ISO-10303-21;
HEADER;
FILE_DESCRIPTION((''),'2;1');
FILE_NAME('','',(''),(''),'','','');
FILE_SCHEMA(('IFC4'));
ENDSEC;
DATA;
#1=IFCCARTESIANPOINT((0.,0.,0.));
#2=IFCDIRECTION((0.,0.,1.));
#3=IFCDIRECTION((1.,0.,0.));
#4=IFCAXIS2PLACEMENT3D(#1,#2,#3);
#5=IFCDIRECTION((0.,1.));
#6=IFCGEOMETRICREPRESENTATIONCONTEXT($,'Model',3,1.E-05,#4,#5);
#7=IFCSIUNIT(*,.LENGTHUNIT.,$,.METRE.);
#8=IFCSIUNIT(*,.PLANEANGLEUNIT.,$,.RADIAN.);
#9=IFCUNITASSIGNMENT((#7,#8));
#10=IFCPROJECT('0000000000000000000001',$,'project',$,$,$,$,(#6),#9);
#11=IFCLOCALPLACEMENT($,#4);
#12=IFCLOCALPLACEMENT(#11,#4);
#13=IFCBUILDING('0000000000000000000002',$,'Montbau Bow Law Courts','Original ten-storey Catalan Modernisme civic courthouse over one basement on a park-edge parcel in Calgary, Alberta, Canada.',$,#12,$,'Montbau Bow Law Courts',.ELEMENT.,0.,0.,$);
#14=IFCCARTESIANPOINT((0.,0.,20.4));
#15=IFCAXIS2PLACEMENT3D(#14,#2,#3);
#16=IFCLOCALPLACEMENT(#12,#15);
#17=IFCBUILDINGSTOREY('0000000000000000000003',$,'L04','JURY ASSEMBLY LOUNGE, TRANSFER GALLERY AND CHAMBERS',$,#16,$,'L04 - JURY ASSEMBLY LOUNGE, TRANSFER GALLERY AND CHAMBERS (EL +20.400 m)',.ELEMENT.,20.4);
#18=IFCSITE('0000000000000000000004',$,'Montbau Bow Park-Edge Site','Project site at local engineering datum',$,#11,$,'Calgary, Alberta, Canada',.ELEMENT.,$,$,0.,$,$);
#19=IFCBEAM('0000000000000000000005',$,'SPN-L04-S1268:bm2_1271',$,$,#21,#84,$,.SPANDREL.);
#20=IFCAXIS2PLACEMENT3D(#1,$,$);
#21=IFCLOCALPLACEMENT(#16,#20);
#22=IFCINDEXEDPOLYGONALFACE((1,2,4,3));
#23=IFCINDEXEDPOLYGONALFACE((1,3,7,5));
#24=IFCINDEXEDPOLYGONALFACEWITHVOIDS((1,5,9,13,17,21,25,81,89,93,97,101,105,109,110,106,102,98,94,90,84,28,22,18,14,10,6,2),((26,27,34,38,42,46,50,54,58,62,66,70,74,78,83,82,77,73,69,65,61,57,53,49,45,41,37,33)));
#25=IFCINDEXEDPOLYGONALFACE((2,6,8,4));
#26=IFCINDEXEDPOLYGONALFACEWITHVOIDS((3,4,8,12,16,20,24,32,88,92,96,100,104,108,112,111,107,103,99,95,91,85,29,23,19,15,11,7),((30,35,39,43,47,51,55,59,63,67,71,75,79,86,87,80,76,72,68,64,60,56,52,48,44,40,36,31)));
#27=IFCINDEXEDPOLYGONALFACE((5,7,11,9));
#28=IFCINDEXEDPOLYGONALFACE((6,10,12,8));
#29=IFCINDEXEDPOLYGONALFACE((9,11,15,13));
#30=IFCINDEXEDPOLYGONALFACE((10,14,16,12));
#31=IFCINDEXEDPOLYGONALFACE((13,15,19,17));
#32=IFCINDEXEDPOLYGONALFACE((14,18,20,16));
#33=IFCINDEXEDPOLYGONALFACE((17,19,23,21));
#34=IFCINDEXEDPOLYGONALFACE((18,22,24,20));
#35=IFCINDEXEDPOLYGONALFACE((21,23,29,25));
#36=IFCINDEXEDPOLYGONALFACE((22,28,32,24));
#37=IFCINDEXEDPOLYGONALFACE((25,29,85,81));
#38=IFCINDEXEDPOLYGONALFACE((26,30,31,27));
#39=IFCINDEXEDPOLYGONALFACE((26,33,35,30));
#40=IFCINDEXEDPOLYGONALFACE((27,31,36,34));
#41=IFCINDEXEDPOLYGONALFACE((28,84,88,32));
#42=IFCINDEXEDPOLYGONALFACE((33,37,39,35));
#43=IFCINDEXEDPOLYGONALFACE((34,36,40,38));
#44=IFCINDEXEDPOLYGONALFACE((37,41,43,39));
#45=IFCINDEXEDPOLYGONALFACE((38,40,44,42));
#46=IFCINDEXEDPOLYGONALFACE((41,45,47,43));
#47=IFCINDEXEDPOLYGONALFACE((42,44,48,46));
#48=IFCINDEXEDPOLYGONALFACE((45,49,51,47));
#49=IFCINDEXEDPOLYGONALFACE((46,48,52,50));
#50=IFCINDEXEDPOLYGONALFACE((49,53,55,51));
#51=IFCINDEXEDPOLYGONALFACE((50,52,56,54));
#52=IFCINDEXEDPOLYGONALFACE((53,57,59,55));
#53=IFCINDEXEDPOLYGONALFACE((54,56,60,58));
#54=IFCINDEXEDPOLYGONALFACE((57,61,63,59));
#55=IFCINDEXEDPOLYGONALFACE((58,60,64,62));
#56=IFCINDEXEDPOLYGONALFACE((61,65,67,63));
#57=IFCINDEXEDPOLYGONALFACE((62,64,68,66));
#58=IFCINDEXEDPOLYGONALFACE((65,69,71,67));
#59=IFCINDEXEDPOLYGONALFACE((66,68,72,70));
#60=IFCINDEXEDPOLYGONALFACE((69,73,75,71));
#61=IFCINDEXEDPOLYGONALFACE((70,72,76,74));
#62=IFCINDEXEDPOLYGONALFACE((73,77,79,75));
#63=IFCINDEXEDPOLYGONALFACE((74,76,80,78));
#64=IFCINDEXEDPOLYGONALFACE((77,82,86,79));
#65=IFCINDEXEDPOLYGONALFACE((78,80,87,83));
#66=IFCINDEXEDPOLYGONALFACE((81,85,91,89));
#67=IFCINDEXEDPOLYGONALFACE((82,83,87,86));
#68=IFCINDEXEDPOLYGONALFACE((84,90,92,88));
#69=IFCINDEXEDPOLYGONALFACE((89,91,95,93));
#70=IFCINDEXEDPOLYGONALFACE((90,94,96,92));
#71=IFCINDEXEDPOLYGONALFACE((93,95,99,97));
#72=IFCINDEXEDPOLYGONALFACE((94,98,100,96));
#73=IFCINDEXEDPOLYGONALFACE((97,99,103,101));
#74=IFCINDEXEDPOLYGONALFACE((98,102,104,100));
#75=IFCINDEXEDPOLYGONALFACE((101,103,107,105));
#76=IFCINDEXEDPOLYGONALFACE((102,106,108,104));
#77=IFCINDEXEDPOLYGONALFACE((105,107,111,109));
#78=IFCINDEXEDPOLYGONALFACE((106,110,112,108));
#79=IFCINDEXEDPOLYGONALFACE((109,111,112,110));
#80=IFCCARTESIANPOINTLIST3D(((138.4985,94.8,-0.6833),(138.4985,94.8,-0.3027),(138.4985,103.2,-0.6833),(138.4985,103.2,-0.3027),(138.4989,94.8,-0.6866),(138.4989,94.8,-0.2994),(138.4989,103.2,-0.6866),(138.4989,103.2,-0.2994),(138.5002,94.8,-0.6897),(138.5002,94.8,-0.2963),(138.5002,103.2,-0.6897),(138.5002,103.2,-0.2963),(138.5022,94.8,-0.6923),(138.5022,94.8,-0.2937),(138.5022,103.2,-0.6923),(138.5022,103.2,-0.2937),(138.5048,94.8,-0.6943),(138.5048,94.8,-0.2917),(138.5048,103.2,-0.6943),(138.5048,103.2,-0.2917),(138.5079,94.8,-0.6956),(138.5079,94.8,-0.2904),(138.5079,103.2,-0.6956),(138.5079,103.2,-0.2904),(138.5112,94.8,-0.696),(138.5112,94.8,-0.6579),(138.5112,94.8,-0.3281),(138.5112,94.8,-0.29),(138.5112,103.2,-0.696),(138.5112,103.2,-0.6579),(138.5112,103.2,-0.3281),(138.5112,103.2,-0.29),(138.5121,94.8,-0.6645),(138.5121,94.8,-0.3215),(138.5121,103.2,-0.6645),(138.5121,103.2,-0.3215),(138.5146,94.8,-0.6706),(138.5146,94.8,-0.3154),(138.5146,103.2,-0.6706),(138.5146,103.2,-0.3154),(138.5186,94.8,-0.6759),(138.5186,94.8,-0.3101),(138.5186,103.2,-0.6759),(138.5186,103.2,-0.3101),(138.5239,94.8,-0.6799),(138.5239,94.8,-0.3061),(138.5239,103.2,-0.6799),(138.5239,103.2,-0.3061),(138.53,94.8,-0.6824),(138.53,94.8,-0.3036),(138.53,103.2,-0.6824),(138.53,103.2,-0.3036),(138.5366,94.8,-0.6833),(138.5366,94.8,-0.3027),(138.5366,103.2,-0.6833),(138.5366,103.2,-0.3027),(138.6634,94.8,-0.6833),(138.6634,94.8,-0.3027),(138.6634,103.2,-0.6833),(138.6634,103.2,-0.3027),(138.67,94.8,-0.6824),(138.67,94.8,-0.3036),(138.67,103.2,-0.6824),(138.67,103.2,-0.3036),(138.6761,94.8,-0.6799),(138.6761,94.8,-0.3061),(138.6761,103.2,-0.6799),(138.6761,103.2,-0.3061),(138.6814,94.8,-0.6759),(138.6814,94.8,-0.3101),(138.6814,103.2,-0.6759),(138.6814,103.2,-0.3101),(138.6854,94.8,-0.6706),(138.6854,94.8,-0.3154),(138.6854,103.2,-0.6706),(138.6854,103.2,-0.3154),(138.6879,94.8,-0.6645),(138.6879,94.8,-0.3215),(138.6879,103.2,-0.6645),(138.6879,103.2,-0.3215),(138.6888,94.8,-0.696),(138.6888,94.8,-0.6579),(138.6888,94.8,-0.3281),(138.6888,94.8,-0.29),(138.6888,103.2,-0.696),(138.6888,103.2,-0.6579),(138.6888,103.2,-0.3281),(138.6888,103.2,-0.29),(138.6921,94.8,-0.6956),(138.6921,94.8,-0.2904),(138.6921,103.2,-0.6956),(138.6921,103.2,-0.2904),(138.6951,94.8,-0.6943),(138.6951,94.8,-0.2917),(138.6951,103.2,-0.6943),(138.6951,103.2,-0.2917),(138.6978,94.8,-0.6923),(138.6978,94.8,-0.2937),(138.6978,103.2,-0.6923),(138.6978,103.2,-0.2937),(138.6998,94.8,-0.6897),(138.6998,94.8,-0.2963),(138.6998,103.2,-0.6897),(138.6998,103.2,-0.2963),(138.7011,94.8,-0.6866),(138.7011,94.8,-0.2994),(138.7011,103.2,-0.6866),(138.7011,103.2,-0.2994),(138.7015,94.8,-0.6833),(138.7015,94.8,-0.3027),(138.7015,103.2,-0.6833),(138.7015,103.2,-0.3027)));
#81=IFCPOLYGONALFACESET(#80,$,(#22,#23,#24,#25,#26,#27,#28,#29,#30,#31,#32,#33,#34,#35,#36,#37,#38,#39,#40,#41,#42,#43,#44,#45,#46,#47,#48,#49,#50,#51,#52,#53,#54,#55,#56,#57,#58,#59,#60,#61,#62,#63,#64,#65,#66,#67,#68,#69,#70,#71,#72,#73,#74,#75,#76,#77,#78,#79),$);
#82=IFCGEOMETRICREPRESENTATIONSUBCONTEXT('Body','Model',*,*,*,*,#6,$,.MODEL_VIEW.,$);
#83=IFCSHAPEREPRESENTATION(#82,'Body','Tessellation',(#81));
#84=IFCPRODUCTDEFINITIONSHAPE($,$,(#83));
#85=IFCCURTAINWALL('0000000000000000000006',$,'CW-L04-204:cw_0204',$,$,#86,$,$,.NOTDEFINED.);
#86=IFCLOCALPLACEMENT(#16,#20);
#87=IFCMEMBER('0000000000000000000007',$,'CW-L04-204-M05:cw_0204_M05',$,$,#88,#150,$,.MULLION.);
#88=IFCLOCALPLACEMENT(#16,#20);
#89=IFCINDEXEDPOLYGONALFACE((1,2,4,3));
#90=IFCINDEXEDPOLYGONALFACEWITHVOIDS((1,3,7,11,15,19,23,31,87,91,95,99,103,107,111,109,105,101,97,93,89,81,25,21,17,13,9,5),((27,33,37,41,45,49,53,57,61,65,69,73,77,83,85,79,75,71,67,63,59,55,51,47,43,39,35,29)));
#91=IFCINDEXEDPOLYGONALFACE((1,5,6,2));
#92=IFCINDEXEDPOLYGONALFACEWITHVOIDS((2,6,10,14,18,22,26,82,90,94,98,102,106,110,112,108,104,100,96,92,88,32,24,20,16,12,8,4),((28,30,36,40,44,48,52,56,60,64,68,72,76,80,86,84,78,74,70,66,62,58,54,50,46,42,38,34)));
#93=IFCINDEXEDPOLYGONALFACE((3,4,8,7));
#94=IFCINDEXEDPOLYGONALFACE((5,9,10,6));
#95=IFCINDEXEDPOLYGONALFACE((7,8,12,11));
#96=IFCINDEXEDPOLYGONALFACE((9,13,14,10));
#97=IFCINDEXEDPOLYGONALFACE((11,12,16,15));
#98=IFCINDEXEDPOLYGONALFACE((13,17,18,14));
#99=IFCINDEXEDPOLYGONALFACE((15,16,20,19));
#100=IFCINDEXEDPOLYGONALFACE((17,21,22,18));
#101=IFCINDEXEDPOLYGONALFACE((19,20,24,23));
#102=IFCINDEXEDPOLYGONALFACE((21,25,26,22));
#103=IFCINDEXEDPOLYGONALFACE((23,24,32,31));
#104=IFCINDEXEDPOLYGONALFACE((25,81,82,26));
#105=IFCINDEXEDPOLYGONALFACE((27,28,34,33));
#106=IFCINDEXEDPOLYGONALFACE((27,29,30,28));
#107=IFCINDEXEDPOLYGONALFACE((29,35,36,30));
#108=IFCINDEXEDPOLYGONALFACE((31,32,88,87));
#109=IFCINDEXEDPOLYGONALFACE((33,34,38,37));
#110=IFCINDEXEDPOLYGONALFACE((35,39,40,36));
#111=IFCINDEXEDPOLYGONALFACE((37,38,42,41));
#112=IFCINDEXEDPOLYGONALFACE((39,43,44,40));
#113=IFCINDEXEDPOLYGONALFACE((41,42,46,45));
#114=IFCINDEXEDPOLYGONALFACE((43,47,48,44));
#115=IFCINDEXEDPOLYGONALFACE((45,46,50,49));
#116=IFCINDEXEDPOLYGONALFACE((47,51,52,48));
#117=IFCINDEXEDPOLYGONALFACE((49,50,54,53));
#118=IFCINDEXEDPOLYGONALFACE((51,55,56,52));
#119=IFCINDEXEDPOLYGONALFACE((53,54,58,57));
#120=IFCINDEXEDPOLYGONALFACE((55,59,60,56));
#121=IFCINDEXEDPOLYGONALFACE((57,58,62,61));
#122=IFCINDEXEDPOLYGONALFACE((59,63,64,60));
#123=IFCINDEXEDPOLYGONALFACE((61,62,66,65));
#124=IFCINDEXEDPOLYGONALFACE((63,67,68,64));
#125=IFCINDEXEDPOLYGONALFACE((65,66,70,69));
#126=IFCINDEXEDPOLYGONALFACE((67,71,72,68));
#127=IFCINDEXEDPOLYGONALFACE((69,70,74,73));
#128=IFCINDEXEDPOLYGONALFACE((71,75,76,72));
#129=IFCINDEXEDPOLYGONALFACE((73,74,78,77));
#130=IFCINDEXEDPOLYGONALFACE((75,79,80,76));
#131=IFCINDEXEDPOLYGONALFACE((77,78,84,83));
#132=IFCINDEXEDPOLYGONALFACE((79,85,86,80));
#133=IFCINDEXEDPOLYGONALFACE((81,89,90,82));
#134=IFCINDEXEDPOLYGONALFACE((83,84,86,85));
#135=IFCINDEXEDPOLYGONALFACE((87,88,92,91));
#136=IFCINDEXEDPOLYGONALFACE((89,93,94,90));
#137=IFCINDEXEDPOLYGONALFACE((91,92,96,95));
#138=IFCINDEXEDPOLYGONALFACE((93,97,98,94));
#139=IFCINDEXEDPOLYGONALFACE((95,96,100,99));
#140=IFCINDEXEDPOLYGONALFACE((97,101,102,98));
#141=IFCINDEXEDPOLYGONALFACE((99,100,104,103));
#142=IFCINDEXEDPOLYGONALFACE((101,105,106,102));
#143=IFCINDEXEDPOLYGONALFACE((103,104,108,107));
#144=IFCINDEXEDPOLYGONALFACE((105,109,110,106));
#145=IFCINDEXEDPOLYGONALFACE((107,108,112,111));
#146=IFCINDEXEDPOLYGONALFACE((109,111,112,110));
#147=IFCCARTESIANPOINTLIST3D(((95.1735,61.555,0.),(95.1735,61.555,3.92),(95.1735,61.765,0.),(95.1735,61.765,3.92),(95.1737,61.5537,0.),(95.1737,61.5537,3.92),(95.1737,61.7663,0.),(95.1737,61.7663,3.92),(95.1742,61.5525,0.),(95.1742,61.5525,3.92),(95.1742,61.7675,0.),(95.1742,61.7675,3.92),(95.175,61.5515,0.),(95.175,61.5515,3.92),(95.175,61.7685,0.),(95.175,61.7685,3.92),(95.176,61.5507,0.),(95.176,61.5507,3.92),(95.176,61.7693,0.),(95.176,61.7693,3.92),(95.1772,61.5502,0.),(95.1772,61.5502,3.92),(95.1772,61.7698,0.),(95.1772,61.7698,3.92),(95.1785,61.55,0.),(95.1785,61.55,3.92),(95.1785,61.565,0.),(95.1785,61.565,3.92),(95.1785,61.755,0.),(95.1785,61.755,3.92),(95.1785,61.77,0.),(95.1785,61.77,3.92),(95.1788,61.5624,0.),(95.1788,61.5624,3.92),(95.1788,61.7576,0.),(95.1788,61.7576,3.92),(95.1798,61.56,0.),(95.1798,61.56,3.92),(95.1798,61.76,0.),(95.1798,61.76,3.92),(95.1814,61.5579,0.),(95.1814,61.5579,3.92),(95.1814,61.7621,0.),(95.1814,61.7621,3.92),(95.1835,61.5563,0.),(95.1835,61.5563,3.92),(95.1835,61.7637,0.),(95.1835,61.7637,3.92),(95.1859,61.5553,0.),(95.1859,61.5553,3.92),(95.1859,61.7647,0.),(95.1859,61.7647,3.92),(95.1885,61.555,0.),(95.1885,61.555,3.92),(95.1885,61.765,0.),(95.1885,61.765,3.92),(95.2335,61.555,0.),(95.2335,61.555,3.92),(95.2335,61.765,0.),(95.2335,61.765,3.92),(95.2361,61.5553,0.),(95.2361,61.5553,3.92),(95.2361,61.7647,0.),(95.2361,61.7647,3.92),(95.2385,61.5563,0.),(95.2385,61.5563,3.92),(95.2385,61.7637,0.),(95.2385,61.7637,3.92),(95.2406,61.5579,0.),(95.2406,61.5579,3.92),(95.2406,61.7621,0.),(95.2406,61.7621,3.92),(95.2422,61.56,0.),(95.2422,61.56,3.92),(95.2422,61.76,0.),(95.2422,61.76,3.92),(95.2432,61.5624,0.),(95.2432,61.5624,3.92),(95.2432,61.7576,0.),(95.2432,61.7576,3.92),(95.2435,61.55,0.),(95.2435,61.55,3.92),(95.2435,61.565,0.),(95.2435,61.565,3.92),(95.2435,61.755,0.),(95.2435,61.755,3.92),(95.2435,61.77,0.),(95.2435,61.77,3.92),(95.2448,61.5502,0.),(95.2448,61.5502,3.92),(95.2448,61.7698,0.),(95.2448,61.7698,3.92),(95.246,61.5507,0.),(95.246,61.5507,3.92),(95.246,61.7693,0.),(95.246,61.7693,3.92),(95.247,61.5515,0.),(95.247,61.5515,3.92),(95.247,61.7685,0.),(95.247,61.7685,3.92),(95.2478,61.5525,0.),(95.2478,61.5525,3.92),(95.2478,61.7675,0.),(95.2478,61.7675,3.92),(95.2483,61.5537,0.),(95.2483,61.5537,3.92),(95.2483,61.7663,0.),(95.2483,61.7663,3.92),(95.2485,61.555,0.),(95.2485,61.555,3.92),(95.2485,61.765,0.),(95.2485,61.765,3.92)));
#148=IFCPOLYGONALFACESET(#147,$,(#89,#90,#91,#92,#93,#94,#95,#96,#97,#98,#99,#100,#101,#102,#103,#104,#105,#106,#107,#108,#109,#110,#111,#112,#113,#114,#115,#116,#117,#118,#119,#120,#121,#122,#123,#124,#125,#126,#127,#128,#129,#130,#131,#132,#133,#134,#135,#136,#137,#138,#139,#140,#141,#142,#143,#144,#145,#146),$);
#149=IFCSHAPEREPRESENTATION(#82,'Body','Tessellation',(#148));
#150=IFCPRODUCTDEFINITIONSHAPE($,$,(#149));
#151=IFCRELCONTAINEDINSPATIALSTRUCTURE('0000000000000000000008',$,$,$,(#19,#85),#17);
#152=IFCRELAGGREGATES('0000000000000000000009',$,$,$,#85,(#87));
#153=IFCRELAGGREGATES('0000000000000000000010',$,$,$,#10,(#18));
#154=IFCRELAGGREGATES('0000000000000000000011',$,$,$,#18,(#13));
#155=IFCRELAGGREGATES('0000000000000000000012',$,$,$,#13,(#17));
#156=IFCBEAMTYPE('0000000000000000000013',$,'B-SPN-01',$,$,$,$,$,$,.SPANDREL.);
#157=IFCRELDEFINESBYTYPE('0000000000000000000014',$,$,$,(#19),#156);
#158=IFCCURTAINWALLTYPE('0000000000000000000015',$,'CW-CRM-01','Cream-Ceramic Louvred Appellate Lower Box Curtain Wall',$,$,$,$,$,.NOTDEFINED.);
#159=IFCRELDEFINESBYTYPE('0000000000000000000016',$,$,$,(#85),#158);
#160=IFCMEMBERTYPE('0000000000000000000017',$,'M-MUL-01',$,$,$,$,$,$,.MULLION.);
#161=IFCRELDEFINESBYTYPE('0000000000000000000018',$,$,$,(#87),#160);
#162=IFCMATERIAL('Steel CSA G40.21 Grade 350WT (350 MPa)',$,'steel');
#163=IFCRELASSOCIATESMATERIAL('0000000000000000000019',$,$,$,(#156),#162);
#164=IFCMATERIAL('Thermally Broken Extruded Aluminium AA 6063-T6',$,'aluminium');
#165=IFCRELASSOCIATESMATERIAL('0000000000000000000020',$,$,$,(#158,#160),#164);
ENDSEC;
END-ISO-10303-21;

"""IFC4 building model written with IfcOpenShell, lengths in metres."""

from ifc_helpers import new_model, si_unit, direction, frame, origin_with_axes, origin_2d_with_axis, place, context, subcontext, project, spatial, hollow_rectangle, extrude, material, material_profile, profile_set, type_object, element, aggregate, save


model = new_model("IFC4")

# Units and contexts
model_context = context("Model", 3, precision=1e-05, world=origin_with_axes(), true_north=direction((0.0, 1.0)))
body_context = subcontext(model_context, "Body", "Model", "MODEL_VIEW")
ifc_project = project(units=[si_unit("LENGTHUNIT", "METRE"), si_unit("PLANEANGLEUNIT", "RADIAN")], contexts=[model_context])

# Site, building, storey
site_placement = place(None, origin_with_axes())
site = spatial("IfcSite", under=ifc_project, at=site_placement, Name="Montbau Bow Park-Edge Site", Description="Project site at local engineering datum", LongName="Calgary, Alberta, Canada", CompositionType="ELEMENT", RefElevation=0.0)
building_placement = place(site_placement, origin_with_axes())
building = spatial("IfcBuilding", under=site, at=building_placement, Name="Montbau Bow Law Courts", Description="Original ten-storey Catalan Modernisme civic courthouse over one basement on a park-edge parcel in Calgary, Alberta, Canada.", LongName="Montbau Bow Law Courts", CompositionType="ELEMENT", ElevationOfRefHeight=0.0, ElevationOfTerrain=0.0)
storey_placement = place(building_placement, frame((0.0, 0.0, 20.4), z_axis=(0.0, 0.0, 1.0), x_axis=(1.0, 0.0, 0.0)))
storey = spatial("IfcBuildingStorey", under=building, at=storey_placement, Name="L04", Description="JURY ASSEMBLY LOUNGE, TRANSFER GALLERY AND CHAMBERS", LongName="L04 - JURY ASSEMBLY LOUNGE, TRANSFER GALLERY AND CHAMBERS (EL +20.400 m)", CompositionType="ELEMENT", Elevation=20.4)

# Beam
ifc_material_1 = material(Name="Steel CSA G40.21 Grade 350WT (350 MPa)", Category="steel")
ifc_material_profile_1 = material_profile(ifc_material_1, hollow_rectangle(XDim=0.203, YDim=0.406, WallThickness=0.0127, InnerFilletRadius=0.0254, OuterFilletRadius=0.0127, at=origin_2d_with_axis()), Name="HSS406X203X13", Category="Main", Priority=0)
ifc_profile_set_1 = profile_set([ifc_material_profile_1], Name="Steel CSA G40.21 Grade 350WT (350 MPa)")
beam_type_1 = type_object("IfcBeamType", Name="B-SPN-01", PredefinedType="SPANDREL", material=ifc_profile_set_1)
for number, where, z_axis, x_axis, name in (
    (1, (138.6, 94.8, 19.907), (0.0, 1.0, 0.0), (-1.0, 0.0, 0.0), "SPN-L04-S1268:bm2_1271"),
):
    element("IfcBeam", number, at=place(None, frame(where, z_axis=z_axis, x_axis=x_axis)), inside=storey, type_object=beam_type_1, Name=name, PredefinedType="SPANDREL", context=body_context, shape_type="SweptSolid", body=[
        extrude(hollow_rectangle(XDim=0.203, YDim=0.406, WallThickness=0.0127, InnerFilletRadius=0.0254, OuterFilletRadius=0.0127, at=origin_2d_with_axis()), origin_with_axes(), (0.0, 0.0, 1.0), 8.4),
    ])

# Curtain wall, member
ifc_material_2 = material(Name="Thermally Broken Extruded Aluminium AA 6063-T6", Category="aluminium")
curtain_wall_type = type_object("IfcCurtainWallType", Name="CW-CRM-01", Description="Cream-Ceramic Louvred Appellate Lower Box Curtain Wall", PredefinedType="NOTDEFINED", material=ifc_material_2)
curtain_wall_placement = place(None, frame((89.315, 61.66, 20.4), z_axis=(0.0, 0.0, 1.0), x_axis=(1.0, 0.0, 0.0)))
curtain_wall = element("IfcCurtainWall", 2, at=curtain_wall_placement, inside=storey, type_object=curtain_wall_type, Name="CW-L04-204:cw_0204", PredefinedType="NOTDEFINED")
ifc_material_profile_2 = material_profile(ifc_material_2, hollow_rectangle(XDim=0.075, YDim=0.22, WallThickness=0.005, InnerFilletRadius=0.01, OuterFilletRadius=0.005, at=origin_2d_with_axis()), Name="CWM-220X75", Category="Main", Priority=0)
ifc_profile_set_2 = profile_set([ifc_material_profile_2], Name="Thermally Broken Extruded Aluminium AA 6063-T6")
member_type_1 = type_object("IfcMemberType", Name="M-MUL-01", PredefinedType="MULLION", material=ifc_profile_set_2)
member_1_placement = place(None, frame((95.211, 61.66, 20.4), z_axis=(0.0, 0.0, 1.0), x_axis=(1.0, 0.0, 0.0)))
member_1 = element("IfcMember", 3, at=member_1_placement, type_object=member_type_1, Name="CW-L04-204-M05:cw_0204_M05", PredefinedType="MULLION", context=body_context, shape_type="SweptSolid", body=[
    extrude(hollow_rectangle(XDim=0.075, YDim=0.22, WallThickness=0.005, InnerFilletRadius=0.01, OuterFilletRadius=0.005, at=origin_2d_with_axis()), origin_with_axes(), (0.0, 0.0, 1.0), 3.92),
])
aggregate(curtain_wall, [member_1])

save(model, "model.ifc")
